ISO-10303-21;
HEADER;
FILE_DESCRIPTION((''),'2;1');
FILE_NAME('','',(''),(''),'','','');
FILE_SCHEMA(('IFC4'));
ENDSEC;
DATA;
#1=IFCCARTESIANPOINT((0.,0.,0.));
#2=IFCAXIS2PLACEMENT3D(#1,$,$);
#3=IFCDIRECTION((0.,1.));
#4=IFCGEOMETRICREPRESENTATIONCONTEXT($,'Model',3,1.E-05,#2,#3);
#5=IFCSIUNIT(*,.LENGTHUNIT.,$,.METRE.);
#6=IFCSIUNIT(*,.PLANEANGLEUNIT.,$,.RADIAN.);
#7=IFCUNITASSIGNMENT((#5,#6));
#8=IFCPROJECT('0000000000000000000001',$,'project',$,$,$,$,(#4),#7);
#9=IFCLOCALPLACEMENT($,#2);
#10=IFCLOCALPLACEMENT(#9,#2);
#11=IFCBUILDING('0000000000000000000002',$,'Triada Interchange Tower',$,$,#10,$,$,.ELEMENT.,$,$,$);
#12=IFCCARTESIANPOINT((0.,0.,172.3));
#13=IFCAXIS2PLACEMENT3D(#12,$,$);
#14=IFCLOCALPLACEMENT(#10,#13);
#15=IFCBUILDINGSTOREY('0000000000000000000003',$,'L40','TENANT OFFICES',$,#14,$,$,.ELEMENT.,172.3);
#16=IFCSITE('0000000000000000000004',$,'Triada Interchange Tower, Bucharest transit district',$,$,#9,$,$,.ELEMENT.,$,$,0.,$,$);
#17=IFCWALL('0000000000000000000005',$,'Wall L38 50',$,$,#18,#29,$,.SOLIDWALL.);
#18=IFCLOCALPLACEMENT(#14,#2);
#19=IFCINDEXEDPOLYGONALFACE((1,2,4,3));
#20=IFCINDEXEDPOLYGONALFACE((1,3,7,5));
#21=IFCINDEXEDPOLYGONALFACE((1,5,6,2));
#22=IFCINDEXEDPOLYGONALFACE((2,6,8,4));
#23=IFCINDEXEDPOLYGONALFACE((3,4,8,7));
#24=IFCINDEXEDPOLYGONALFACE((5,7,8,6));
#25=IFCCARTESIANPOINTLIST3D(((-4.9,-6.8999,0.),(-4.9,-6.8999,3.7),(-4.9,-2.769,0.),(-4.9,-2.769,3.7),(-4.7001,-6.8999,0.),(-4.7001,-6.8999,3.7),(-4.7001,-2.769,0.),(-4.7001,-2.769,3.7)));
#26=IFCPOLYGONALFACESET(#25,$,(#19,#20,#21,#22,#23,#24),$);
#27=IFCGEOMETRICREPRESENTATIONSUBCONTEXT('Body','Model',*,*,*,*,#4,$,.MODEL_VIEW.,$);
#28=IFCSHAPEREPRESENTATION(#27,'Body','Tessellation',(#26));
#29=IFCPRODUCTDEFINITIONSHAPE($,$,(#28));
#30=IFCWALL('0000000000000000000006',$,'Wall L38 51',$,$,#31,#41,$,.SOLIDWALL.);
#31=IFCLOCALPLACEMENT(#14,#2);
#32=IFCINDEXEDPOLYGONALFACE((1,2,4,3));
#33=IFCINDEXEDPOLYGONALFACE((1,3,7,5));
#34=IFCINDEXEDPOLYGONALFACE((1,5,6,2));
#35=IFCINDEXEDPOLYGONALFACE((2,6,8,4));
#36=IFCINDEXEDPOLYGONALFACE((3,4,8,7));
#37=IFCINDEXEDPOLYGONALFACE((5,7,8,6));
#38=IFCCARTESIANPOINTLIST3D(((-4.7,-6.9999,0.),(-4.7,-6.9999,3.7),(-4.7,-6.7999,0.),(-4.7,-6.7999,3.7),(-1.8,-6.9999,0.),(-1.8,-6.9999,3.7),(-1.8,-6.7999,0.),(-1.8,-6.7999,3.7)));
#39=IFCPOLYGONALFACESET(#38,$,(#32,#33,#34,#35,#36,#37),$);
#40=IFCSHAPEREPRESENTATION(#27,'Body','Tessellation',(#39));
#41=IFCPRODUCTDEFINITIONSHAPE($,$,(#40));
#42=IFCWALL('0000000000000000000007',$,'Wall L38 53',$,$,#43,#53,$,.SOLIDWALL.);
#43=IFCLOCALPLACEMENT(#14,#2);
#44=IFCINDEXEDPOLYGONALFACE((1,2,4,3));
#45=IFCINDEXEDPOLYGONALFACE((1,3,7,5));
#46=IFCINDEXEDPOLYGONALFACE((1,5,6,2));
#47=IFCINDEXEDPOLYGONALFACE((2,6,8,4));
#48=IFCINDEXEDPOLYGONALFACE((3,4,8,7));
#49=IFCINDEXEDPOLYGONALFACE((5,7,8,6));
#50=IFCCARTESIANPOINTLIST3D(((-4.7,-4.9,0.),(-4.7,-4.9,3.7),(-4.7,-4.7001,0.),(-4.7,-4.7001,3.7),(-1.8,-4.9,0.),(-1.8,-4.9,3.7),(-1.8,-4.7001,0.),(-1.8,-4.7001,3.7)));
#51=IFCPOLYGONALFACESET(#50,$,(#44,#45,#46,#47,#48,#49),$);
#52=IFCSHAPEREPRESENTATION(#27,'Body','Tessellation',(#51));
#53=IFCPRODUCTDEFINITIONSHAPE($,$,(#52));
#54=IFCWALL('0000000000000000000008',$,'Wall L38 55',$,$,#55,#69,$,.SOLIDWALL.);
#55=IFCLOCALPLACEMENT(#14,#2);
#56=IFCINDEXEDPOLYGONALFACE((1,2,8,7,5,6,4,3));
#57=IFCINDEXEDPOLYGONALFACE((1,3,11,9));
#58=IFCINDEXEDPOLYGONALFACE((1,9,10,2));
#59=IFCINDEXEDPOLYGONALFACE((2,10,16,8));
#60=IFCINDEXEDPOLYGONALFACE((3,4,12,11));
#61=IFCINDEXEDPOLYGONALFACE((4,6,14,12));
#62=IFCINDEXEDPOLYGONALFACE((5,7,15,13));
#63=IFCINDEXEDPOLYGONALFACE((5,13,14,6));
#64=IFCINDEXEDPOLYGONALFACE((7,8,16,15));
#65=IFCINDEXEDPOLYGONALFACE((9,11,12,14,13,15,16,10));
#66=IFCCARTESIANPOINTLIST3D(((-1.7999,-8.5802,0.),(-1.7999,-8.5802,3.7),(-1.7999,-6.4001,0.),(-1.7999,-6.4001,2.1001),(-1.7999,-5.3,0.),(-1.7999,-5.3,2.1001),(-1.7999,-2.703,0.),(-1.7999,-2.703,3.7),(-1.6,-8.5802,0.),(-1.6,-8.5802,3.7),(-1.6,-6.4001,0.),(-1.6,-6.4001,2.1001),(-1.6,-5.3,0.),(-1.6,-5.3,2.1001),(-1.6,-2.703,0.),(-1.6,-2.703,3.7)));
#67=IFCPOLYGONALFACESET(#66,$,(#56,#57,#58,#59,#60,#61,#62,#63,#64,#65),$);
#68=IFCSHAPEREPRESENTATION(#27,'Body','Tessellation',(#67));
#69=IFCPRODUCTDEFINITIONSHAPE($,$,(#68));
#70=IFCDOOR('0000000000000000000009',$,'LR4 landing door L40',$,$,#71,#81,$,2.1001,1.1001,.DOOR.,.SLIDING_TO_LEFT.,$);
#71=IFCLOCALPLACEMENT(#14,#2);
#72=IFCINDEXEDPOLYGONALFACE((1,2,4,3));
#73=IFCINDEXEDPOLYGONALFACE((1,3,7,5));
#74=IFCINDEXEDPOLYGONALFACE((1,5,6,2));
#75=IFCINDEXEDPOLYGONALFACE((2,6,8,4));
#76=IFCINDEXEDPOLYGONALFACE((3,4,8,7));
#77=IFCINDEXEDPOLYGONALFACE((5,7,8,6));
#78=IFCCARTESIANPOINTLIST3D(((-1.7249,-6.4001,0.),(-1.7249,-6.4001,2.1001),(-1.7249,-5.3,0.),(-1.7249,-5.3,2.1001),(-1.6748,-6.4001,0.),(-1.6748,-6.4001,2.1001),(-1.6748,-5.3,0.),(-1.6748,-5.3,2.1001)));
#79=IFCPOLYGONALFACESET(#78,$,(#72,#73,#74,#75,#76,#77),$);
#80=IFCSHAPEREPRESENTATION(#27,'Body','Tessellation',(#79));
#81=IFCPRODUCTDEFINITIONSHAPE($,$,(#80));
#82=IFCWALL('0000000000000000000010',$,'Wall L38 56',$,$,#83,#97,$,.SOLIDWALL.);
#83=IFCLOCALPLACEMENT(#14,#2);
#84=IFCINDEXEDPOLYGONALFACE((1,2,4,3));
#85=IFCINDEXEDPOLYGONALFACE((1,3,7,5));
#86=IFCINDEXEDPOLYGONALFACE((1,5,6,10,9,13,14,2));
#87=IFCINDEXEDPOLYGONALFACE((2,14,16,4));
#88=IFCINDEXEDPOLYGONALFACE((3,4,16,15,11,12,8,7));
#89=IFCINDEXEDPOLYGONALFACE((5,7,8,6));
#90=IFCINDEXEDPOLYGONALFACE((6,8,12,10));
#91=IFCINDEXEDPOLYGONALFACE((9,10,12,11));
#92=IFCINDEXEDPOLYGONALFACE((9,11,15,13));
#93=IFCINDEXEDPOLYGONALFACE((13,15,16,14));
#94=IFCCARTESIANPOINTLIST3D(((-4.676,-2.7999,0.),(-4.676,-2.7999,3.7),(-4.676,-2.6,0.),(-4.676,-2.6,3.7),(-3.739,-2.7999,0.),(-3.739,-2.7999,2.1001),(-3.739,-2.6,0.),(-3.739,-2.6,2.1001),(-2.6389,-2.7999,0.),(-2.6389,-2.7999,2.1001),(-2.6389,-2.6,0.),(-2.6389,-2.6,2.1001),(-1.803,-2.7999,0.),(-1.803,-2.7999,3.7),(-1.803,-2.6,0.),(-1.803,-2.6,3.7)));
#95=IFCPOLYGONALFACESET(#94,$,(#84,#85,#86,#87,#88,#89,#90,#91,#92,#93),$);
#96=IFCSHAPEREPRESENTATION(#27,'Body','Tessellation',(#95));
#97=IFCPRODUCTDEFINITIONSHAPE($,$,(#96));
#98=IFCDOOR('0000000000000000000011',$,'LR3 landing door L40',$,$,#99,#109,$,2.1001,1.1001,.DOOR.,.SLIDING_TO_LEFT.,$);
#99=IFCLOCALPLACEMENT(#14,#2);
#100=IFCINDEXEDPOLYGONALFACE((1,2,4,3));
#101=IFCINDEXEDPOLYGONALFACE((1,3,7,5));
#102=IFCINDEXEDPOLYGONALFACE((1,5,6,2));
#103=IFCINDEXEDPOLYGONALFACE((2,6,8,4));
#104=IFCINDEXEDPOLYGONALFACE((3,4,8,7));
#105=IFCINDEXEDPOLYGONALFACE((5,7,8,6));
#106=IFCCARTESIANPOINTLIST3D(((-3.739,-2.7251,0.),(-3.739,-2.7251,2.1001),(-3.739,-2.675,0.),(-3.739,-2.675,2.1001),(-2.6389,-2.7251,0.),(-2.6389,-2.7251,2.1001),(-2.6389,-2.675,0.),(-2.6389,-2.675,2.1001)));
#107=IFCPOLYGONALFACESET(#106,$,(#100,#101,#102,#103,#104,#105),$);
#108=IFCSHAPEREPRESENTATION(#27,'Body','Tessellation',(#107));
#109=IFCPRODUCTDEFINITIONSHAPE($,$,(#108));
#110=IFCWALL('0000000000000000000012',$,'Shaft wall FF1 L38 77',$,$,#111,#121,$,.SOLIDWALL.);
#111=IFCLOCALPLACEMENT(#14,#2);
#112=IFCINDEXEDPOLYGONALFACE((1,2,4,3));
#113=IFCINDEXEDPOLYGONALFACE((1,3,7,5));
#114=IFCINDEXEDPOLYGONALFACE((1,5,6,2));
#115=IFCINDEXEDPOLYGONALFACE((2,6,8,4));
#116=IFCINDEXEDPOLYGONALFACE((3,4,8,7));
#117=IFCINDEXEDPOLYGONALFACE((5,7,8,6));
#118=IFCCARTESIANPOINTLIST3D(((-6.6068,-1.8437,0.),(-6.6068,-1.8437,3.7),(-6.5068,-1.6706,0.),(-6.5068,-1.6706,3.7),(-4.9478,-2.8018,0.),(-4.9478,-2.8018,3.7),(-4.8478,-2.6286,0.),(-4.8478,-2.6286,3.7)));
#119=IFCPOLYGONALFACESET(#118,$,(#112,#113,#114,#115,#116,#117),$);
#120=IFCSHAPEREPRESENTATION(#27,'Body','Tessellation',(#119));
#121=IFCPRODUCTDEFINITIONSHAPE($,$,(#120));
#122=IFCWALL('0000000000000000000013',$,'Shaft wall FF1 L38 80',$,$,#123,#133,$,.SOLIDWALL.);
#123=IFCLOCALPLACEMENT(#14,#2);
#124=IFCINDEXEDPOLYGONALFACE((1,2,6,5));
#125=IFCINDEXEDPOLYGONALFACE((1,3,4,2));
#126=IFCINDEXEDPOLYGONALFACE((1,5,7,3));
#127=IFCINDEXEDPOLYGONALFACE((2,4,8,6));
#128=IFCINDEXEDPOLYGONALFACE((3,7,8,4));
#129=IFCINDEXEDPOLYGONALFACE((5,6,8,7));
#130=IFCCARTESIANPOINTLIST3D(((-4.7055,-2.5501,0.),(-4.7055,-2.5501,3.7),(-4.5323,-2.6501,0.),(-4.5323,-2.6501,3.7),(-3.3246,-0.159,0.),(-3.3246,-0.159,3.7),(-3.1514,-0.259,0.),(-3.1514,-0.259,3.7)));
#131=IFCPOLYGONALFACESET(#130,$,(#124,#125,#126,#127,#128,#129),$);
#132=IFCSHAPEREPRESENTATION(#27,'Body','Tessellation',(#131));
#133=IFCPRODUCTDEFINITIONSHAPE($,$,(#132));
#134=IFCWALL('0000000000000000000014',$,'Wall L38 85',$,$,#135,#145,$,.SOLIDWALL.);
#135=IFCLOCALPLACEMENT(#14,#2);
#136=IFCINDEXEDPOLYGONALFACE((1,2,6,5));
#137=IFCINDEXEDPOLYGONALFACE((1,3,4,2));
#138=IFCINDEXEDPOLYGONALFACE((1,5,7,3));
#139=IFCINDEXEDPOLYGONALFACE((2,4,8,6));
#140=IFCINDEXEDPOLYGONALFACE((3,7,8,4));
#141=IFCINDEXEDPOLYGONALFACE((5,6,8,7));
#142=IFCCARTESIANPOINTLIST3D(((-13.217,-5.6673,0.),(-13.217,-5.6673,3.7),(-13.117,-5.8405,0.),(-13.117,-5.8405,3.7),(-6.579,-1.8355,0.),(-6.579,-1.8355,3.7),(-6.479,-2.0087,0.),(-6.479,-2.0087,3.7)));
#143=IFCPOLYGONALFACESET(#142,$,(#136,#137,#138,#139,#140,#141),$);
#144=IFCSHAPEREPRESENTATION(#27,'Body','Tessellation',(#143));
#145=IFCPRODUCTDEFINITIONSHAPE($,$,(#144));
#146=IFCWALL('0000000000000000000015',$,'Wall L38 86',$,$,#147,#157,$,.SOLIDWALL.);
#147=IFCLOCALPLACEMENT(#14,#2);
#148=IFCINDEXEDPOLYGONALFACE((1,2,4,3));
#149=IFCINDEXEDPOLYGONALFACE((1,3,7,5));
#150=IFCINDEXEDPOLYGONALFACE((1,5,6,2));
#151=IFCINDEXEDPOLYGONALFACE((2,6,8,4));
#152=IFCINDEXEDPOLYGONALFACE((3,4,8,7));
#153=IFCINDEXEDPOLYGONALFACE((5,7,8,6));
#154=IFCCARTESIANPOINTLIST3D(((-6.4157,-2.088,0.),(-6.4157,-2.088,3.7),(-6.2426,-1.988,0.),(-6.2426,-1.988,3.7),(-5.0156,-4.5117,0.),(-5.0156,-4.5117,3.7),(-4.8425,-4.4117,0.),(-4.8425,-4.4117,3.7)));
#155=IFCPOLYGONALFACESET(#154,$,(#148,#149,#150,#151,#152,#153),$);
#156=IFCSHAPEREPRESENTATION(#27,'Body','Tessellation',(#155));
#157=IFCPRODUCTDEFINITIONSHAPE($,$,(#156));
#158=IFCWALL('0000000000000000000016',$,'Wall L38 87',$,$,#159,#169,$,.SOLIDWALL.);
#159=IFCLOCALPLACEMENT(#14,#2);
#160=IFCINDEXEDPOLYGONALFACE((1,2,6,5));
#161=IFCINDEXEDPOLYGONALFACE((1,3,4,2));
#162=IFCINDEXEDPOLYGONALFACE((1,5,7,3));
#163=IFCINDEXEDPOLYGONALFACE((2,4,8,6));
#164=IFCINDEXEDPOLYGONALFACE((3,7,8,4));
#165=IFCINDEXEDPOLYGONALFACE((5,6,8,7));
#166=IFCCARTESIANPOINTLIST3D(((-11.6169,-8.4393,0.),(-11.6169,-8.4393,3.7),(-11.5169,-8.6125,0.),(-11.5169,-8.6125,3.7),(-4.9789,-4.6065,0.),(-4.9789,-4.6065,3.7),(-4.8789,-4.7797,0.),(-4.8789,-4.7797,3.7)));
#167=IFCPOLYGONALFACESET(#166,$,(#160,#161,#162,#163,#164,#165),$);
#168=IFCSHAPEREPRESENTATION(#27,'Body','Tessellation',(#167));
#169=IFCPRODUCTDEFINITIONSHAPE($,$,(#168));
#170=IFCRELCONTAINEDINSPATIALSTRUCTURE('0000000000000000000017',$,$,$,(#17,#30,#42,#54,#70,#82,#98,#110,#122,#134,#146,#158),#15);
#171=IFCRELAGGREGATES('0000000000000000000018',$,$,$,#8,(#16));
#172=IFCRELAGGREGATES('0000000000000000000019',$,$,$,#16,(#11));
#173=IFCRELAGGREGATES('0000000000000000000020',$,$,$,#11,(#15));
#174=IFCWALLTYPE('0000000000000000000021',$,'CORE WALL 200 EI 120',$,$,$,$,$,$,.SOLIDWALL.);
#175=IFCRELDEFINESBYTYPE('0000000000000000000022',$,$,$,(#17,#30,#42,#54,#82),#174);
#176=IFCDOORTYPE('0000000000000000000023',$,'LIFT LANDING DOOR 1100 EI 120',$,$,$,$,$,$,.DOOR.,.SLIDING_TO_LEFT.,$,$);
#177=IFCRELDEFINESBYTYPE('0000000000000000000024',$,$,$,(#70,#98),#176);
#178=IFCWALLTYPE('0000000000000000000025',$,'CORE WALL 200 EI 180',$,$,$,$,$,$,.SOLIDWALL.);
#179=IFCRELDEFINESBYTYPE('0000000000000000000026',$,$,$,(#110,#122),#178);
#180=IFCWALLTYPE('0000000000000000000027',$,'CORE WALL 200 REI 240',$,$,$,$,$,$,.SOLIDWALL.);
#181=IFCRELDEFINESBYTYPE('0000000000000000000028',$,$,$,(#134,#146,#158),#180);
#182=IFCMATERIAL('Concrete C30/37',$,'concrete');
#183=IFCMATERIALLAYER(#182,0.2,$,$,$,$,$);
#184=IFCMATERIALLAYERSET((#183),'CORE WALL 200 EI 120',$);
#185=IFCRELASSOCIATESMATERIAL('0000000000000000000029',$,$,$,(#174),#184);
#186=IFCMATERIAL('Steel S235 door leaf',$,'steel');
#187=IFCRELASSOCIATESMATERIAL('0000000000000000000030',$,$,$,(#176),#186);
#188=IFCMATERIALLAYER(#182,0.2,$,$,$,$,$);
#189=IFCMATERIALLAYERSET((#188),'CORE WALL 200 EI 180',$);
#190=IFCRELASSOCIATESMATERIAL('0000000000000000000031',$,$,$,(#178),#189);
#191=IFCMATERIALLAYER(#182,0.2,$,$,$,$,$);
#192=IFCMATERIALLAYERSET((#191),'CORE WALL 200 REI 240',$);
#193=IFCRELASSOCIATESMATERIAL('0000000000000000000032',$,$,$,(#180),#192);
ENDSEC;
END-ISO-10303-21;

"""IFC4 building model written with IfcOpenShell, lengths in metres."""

from ifc_helpers import new_model, si_unit, direction, frame, frame_2d, origin, place, context, subcontext, project, spatial, rectangle, extrude, material, layer, layer_set, type_object, element, fill, save


model = new_model("IFC4")

# Units and contexts
model_context = context("Model", 3, precision=1e-05, world=origin(), true_north=direction((0.0, 1.0)))
body_context = subcontext(model_context, "Body", "Model", "MODEL_VIEW")
ifc_project = project(units=[si_unit("LENGTHUNIT", "METRE"), si_unit("PLANEANGLEUNIT", "RADIAN")], contexts=[model_context])

# Site, building, storey
site_placement = place(None, origin())
site = spatial("IfcSite", under=ifc_project, at=site_placement, Name="Triada Interchange Tower, Bucharest transit district", CompositionType="ELEMENT", RefElevation=0.0)
building_placement = place(site_placement, origin())
building = spatial("IfcBuilding", under=site, at=building_placement, Name="Triada Interchange Tower", CompositionType="ELEMENT")
storey_placement = place(building_placement, frame((0.0, 0.0, 172.3)))
storey = spatial("IfcBuildingStorey", under=building, at=storey_placement, Name="L40", Description="TENANT OFFICES", CompositionType="ELEMENT", Elevation=172.3)

# Walls
ifc_material_1 = material(Name="Concrete C30/37", Category="concrete")
ifc_layer_1 = layer(ifc_material_1, 0.2)
ifc_layer_set_1 = layer_set([ifc_layer_1], Name="CORE WALL 200 EI 120")
wall_type_1 = type_object("IfcWallType", Name="CORE WALL 200 EI 120", PredefinedType="SOLIDWALL", material=ifc_layer_set_1)
wall_1_placement = place(storey_placement, frame((-4.8, -6.8999, 0.0), z_axis=(0.0, 0.0, 1.0), x_axis=(0.0, 1.0, 0.0)))
element("IfcWall", 1, at=wall_1_placement, inside=storey, type_object=wall_type_1, Name="Wall L38 50", PredefinedType="SOLIDWALL", context=body_context, shape_type="SweptSolid", body=[
    extrude(rectangle(XDim=4.1309, YDim=0.2, at=frame_2d((2.0654, 0.0))), origin(), (0.0, 0.0, 1.0), 3.7),
])
for number, where, z_axis, x_axis, name in (
    (2, (-4.7, -6.8999, 0.0), (0.0, 0.0, 1.0), (1.0, 0.0, 0.0), "Wall L38 51"),
    (3, (-4.7, -4.8, 0.0), (0.0, 0.0, 1.0), (1.0, 0.0, 0.0), "Wall L38 53"),
):
    element("IfcWall", number, at=place(storey_placement, frame(where, z_axis=z_axis, x_axis=x_axis)), inside=storey, type_object=wall_type_1, Name=name, PredefinedType="SOLIDWALL", context=body_context, shape_type="SweptSolid", body=[
        extrude(rectangle(XDim=2.8999, YDim=0.2, at=frame_2d((1.45, 0.0))), origin(), (0.0, 0.0, 1.0), 3.7),
    ])

# Walls, openings, doors
wall_2_placement = place(storey_placement, frame((-1.7, -8.5801, 0.0), z_axis=(0.0, 0.0, 1.0), x_axis=(0.0, 1.0, 0.0)))
wall_2 = element("IfcWall", 4, at=wall_2_placement, inside=storey, type_object=wall_type_1, Name="Wall L38 55", PredefinedType="SOLIDWALL", context=body_context, shape_type="SweptSolid", body=[
    extrude(rectangle(XDim=5.8772, YDim=0.2, at=frame_2d((2.9385, 0.0))), origin(), (0.0, 0.0, 1.0), 3.7),
])
opening_1_placement = place(wall_2_placement, frame((2.1799, 0.0, 0.0)))
opening_1 = element("IfcOpeningElement", 5, at=opening_1_placement, cuts=wall_2, PredefinedType="OPENING", context=body_context, shape_type="SweptSolid", body=[
    extrude(rectangle(XDim=1.1001, YDim=2.1001, at=frame_2d((0.55, 1.05))), frame((0.0, 0.1099, 0.0), z_axis=(0.0, -1.0, 0.0), x_axis=(1.0, 0.0, 0.0)), (0.0, 0.0, 1.0), 0.22),
])
ifc_material_2 = material(Name="Steel S235 door leaf", Category="steel")
door_type_1 = type_object("IfcDoorType", Name="LIFT LANDING DOOR 1100 EI 120", OperationType="SLIDING_TO_LEFT", PredefinedType="DOOR", material=ifc_material_2)
door_1_placement = place(opening_1_placement, origin())
door_1 = element("IfcDoor", 6, at=door_1_placement, inside=storey, type_object=door_type_1, Name="LR4 landing door L40", OperationType="SLIDING_TO_LEFT", OverallHeight=2.1001, OverallWidth=1.1001, PredefinedType="DOOR", context=body_context, shape_type="SweptSolid", body=[
    extrude(rectangle(XDim=1.1001, YDim=2.1001, at=frame_2d((0.55, 1.05))), frame((0.0, 0.0249, 0.0), z_axis=(0.0, -1.0, 0.0), x_axis=(1.0, 0.0, 0.0)), (0.0, 0.0, 1.0), 0.05),
])
fill(opening_1, door_1)
wall_3_placement = place(storey_placement, frame((-4.676, -2.7, 0.0), z_axis=(0.0, 0.0, 1.0), x_axis=(1.0, 0.0, 0.0)))
wall_3 = element("IfcWall", 7, at=wall_3_placement, inside=storey, type_object=wall_type_1, Name="Wall L38 56", PredefinedType="SOLIDWALL", context=body_context, shape_type="SweptSolid", body=[
    extrude(rectangle(XDim=2.873, YDim=0.2, at=frame_2d((1.4365, 0.0))), origin(), (0.0, 0.0, 1.0), 3.7),
])
opening_2_placement = place(wall_3_placement, frame((0.937, 0.0, 0.0)))
opening_2 = element("IfcOpeningElement", 8, at=opening_2_placement, cuts=wall_3, PredefinedType="OPENING", context=body_context, shape_type="SweptSolid", body=[
    extrude(rectangle(XDim=1.1001, YDim=2.1001, at=frame_2d((0.55, 1.05))), frame((0.0, 0.1099, 0.0), z_axis=(0.0, -1.0, 0.0), x_axis=(1.0, 0.0, 0.0)), (0.0, 0.0, 1.0), 0.22),
])
door_2_placement = place(opening_2_placement, origin())
door_2 = element("IfcDoor", 9, at=door_2_placement, inside=storey, type_object=door_type_1, Name="LR3 landing door L40", OperationType="SLIDING_TO_LEFT", OverallHeight=2.1001, OverallWidth=1.1001, PredefinedType="DOOR", context=body_context, shape_type="SweptSolid", body=[
    extrude(rectangle(XDim=1.1001, YDim=2.1001, at=frame_2d((0.55, 1.05))), frame((0.0, 0.0249, 0.0), z_axis=(0.0, -1.0, 0.0), x_axis=(1.0, 0.0, 0.0)), (0.0, 0.0, 1.0), 0.05),
])
fill(opening_2, door_2)

# Walls
ifc_layer_2 = layer(ifc_material_1, 0.2)
ifc_layer_set_2 = layer_set([ifc_layer_2], Name="CORE WALL 200 EI 180")
wall_type_2 = type_object("IfcWallType", Name="CORE WALL 200 EI 180", PredefinedType="SOLIDWALL", material=ifc_layer_set_2)
wall_4_placement = place(storey_placement, frame((-6.5569, -1.7571, 0.0), z_axis=(0.0, 0.0, 1.0), x_axis=(0.865975, -0.500086, 0.0)))
element("IfcWall", 10, at=wall_4_placement, inside=storey, type_object=wall_type_2, Name="Shaft wall FF1 L38 77", PredefinedType="SOLIDWALL", context=body_context, shape_type="SweptSolid", body=[
    extrude(rectangle(XDim=1.9158, YDim=0.2, at=frame_2d((0.958, 0.0))), origin(), (0.0, 0.0, 1.0), 3.7),
])
wall_5_placement = place(storey_placement, frame((-4.6189, -2.6001, 0.0), z_axis=(0.0, 0.0, 1.0), x_axis=(0.500095, 0.865971, 0.0)))
element("IfcWall", 11, at=wall_5_placement, inside=storey, type_object=wall_type_2, Name="Shaft wall FF1 L38 80", PredefinedType="SOLIDWALL", context=body_context, shape_type="SweptSolid", body=[
    extrude(rectangle(XDim=2.7612, YDim=0.2, at=frame_2d((1.3806, 0.0))), origin(), (0.0, 0.0, 1.0), 3.7),
])
ifc_layer_3 = layer(ifc_material_1, 0.2)
ifc_layer_set_3 = layer_set([ifc_layer_3], Name="CORE WALL 200 REI 240")
wall_type_3 = type_object("IfcWallType", Name="CORE WALL 200 REI 240", PredefinedType="SOLIDWALL", material=ifc_layer_set_3)
wall_6_placement = place(storey_placement, frame((-13.167, -5.7539, 0.0), z_axis=(0.0, 0.0, 1.0), x_axis=(0.866061, 0.499938, 0.0)))
element("IfcWall", 12, at=wall_6_placement, inside=storey, type_object=wall_type_3, Name="Wall L38 85", PredefinedType="SOLIDWALL", context=body_context, shape_type="SweptSolid", body=[
    extrude(rectangle(XDim=7.6646, YDim=0.2, at=frame_2d((3.8323, 0.0))), origin(), (0.0, 0.0, 1.0), 3.7),
])
wall_7_placement = place(storey_placement, frame((-6.3291, -2.0381, 0.0), z_axis=(0.0, 0.0, 1.0), x_axis=(0.500201, -0.86591, 0.0)))
element("IfcWall", 13, at=wall_7_placement, inside=storey, type_object=wall_type_3, Name="Wall L38 86", PredefinedType="SOLIDWALL", context=body_context, shape_type="SweptSolid", body=[
    extrude(rectangle(XDim=2.7991, YDim=0.2, at=frame_2d((1.3994, 0.0))), origin(), (0.0, 0.0, 1.0), 3.7),
])
wall_8_placement = place(storey_placement, frame((-11.5669, -8.5259, 0.0), z_axis=(0.0, 0.0, 1.0), x_axis=(0.866006, 0.500034, 0.0)))
element("IfcWall", 14, at=wall_8_placement, inside=storey, type_object=wall_type_3, Name="Wall L38 87", PredefinedType="SOLIDWALL", context=body_context, shape_type="SweptSolid", body=[
    extrude(rectangle(XDim=7.665, YDim=0.2, at=frame_2d((3.8325, 0.0))), origin(), (0.0, 0.0, 1.0), 3.7),
])

save(model, "model.ifc")
